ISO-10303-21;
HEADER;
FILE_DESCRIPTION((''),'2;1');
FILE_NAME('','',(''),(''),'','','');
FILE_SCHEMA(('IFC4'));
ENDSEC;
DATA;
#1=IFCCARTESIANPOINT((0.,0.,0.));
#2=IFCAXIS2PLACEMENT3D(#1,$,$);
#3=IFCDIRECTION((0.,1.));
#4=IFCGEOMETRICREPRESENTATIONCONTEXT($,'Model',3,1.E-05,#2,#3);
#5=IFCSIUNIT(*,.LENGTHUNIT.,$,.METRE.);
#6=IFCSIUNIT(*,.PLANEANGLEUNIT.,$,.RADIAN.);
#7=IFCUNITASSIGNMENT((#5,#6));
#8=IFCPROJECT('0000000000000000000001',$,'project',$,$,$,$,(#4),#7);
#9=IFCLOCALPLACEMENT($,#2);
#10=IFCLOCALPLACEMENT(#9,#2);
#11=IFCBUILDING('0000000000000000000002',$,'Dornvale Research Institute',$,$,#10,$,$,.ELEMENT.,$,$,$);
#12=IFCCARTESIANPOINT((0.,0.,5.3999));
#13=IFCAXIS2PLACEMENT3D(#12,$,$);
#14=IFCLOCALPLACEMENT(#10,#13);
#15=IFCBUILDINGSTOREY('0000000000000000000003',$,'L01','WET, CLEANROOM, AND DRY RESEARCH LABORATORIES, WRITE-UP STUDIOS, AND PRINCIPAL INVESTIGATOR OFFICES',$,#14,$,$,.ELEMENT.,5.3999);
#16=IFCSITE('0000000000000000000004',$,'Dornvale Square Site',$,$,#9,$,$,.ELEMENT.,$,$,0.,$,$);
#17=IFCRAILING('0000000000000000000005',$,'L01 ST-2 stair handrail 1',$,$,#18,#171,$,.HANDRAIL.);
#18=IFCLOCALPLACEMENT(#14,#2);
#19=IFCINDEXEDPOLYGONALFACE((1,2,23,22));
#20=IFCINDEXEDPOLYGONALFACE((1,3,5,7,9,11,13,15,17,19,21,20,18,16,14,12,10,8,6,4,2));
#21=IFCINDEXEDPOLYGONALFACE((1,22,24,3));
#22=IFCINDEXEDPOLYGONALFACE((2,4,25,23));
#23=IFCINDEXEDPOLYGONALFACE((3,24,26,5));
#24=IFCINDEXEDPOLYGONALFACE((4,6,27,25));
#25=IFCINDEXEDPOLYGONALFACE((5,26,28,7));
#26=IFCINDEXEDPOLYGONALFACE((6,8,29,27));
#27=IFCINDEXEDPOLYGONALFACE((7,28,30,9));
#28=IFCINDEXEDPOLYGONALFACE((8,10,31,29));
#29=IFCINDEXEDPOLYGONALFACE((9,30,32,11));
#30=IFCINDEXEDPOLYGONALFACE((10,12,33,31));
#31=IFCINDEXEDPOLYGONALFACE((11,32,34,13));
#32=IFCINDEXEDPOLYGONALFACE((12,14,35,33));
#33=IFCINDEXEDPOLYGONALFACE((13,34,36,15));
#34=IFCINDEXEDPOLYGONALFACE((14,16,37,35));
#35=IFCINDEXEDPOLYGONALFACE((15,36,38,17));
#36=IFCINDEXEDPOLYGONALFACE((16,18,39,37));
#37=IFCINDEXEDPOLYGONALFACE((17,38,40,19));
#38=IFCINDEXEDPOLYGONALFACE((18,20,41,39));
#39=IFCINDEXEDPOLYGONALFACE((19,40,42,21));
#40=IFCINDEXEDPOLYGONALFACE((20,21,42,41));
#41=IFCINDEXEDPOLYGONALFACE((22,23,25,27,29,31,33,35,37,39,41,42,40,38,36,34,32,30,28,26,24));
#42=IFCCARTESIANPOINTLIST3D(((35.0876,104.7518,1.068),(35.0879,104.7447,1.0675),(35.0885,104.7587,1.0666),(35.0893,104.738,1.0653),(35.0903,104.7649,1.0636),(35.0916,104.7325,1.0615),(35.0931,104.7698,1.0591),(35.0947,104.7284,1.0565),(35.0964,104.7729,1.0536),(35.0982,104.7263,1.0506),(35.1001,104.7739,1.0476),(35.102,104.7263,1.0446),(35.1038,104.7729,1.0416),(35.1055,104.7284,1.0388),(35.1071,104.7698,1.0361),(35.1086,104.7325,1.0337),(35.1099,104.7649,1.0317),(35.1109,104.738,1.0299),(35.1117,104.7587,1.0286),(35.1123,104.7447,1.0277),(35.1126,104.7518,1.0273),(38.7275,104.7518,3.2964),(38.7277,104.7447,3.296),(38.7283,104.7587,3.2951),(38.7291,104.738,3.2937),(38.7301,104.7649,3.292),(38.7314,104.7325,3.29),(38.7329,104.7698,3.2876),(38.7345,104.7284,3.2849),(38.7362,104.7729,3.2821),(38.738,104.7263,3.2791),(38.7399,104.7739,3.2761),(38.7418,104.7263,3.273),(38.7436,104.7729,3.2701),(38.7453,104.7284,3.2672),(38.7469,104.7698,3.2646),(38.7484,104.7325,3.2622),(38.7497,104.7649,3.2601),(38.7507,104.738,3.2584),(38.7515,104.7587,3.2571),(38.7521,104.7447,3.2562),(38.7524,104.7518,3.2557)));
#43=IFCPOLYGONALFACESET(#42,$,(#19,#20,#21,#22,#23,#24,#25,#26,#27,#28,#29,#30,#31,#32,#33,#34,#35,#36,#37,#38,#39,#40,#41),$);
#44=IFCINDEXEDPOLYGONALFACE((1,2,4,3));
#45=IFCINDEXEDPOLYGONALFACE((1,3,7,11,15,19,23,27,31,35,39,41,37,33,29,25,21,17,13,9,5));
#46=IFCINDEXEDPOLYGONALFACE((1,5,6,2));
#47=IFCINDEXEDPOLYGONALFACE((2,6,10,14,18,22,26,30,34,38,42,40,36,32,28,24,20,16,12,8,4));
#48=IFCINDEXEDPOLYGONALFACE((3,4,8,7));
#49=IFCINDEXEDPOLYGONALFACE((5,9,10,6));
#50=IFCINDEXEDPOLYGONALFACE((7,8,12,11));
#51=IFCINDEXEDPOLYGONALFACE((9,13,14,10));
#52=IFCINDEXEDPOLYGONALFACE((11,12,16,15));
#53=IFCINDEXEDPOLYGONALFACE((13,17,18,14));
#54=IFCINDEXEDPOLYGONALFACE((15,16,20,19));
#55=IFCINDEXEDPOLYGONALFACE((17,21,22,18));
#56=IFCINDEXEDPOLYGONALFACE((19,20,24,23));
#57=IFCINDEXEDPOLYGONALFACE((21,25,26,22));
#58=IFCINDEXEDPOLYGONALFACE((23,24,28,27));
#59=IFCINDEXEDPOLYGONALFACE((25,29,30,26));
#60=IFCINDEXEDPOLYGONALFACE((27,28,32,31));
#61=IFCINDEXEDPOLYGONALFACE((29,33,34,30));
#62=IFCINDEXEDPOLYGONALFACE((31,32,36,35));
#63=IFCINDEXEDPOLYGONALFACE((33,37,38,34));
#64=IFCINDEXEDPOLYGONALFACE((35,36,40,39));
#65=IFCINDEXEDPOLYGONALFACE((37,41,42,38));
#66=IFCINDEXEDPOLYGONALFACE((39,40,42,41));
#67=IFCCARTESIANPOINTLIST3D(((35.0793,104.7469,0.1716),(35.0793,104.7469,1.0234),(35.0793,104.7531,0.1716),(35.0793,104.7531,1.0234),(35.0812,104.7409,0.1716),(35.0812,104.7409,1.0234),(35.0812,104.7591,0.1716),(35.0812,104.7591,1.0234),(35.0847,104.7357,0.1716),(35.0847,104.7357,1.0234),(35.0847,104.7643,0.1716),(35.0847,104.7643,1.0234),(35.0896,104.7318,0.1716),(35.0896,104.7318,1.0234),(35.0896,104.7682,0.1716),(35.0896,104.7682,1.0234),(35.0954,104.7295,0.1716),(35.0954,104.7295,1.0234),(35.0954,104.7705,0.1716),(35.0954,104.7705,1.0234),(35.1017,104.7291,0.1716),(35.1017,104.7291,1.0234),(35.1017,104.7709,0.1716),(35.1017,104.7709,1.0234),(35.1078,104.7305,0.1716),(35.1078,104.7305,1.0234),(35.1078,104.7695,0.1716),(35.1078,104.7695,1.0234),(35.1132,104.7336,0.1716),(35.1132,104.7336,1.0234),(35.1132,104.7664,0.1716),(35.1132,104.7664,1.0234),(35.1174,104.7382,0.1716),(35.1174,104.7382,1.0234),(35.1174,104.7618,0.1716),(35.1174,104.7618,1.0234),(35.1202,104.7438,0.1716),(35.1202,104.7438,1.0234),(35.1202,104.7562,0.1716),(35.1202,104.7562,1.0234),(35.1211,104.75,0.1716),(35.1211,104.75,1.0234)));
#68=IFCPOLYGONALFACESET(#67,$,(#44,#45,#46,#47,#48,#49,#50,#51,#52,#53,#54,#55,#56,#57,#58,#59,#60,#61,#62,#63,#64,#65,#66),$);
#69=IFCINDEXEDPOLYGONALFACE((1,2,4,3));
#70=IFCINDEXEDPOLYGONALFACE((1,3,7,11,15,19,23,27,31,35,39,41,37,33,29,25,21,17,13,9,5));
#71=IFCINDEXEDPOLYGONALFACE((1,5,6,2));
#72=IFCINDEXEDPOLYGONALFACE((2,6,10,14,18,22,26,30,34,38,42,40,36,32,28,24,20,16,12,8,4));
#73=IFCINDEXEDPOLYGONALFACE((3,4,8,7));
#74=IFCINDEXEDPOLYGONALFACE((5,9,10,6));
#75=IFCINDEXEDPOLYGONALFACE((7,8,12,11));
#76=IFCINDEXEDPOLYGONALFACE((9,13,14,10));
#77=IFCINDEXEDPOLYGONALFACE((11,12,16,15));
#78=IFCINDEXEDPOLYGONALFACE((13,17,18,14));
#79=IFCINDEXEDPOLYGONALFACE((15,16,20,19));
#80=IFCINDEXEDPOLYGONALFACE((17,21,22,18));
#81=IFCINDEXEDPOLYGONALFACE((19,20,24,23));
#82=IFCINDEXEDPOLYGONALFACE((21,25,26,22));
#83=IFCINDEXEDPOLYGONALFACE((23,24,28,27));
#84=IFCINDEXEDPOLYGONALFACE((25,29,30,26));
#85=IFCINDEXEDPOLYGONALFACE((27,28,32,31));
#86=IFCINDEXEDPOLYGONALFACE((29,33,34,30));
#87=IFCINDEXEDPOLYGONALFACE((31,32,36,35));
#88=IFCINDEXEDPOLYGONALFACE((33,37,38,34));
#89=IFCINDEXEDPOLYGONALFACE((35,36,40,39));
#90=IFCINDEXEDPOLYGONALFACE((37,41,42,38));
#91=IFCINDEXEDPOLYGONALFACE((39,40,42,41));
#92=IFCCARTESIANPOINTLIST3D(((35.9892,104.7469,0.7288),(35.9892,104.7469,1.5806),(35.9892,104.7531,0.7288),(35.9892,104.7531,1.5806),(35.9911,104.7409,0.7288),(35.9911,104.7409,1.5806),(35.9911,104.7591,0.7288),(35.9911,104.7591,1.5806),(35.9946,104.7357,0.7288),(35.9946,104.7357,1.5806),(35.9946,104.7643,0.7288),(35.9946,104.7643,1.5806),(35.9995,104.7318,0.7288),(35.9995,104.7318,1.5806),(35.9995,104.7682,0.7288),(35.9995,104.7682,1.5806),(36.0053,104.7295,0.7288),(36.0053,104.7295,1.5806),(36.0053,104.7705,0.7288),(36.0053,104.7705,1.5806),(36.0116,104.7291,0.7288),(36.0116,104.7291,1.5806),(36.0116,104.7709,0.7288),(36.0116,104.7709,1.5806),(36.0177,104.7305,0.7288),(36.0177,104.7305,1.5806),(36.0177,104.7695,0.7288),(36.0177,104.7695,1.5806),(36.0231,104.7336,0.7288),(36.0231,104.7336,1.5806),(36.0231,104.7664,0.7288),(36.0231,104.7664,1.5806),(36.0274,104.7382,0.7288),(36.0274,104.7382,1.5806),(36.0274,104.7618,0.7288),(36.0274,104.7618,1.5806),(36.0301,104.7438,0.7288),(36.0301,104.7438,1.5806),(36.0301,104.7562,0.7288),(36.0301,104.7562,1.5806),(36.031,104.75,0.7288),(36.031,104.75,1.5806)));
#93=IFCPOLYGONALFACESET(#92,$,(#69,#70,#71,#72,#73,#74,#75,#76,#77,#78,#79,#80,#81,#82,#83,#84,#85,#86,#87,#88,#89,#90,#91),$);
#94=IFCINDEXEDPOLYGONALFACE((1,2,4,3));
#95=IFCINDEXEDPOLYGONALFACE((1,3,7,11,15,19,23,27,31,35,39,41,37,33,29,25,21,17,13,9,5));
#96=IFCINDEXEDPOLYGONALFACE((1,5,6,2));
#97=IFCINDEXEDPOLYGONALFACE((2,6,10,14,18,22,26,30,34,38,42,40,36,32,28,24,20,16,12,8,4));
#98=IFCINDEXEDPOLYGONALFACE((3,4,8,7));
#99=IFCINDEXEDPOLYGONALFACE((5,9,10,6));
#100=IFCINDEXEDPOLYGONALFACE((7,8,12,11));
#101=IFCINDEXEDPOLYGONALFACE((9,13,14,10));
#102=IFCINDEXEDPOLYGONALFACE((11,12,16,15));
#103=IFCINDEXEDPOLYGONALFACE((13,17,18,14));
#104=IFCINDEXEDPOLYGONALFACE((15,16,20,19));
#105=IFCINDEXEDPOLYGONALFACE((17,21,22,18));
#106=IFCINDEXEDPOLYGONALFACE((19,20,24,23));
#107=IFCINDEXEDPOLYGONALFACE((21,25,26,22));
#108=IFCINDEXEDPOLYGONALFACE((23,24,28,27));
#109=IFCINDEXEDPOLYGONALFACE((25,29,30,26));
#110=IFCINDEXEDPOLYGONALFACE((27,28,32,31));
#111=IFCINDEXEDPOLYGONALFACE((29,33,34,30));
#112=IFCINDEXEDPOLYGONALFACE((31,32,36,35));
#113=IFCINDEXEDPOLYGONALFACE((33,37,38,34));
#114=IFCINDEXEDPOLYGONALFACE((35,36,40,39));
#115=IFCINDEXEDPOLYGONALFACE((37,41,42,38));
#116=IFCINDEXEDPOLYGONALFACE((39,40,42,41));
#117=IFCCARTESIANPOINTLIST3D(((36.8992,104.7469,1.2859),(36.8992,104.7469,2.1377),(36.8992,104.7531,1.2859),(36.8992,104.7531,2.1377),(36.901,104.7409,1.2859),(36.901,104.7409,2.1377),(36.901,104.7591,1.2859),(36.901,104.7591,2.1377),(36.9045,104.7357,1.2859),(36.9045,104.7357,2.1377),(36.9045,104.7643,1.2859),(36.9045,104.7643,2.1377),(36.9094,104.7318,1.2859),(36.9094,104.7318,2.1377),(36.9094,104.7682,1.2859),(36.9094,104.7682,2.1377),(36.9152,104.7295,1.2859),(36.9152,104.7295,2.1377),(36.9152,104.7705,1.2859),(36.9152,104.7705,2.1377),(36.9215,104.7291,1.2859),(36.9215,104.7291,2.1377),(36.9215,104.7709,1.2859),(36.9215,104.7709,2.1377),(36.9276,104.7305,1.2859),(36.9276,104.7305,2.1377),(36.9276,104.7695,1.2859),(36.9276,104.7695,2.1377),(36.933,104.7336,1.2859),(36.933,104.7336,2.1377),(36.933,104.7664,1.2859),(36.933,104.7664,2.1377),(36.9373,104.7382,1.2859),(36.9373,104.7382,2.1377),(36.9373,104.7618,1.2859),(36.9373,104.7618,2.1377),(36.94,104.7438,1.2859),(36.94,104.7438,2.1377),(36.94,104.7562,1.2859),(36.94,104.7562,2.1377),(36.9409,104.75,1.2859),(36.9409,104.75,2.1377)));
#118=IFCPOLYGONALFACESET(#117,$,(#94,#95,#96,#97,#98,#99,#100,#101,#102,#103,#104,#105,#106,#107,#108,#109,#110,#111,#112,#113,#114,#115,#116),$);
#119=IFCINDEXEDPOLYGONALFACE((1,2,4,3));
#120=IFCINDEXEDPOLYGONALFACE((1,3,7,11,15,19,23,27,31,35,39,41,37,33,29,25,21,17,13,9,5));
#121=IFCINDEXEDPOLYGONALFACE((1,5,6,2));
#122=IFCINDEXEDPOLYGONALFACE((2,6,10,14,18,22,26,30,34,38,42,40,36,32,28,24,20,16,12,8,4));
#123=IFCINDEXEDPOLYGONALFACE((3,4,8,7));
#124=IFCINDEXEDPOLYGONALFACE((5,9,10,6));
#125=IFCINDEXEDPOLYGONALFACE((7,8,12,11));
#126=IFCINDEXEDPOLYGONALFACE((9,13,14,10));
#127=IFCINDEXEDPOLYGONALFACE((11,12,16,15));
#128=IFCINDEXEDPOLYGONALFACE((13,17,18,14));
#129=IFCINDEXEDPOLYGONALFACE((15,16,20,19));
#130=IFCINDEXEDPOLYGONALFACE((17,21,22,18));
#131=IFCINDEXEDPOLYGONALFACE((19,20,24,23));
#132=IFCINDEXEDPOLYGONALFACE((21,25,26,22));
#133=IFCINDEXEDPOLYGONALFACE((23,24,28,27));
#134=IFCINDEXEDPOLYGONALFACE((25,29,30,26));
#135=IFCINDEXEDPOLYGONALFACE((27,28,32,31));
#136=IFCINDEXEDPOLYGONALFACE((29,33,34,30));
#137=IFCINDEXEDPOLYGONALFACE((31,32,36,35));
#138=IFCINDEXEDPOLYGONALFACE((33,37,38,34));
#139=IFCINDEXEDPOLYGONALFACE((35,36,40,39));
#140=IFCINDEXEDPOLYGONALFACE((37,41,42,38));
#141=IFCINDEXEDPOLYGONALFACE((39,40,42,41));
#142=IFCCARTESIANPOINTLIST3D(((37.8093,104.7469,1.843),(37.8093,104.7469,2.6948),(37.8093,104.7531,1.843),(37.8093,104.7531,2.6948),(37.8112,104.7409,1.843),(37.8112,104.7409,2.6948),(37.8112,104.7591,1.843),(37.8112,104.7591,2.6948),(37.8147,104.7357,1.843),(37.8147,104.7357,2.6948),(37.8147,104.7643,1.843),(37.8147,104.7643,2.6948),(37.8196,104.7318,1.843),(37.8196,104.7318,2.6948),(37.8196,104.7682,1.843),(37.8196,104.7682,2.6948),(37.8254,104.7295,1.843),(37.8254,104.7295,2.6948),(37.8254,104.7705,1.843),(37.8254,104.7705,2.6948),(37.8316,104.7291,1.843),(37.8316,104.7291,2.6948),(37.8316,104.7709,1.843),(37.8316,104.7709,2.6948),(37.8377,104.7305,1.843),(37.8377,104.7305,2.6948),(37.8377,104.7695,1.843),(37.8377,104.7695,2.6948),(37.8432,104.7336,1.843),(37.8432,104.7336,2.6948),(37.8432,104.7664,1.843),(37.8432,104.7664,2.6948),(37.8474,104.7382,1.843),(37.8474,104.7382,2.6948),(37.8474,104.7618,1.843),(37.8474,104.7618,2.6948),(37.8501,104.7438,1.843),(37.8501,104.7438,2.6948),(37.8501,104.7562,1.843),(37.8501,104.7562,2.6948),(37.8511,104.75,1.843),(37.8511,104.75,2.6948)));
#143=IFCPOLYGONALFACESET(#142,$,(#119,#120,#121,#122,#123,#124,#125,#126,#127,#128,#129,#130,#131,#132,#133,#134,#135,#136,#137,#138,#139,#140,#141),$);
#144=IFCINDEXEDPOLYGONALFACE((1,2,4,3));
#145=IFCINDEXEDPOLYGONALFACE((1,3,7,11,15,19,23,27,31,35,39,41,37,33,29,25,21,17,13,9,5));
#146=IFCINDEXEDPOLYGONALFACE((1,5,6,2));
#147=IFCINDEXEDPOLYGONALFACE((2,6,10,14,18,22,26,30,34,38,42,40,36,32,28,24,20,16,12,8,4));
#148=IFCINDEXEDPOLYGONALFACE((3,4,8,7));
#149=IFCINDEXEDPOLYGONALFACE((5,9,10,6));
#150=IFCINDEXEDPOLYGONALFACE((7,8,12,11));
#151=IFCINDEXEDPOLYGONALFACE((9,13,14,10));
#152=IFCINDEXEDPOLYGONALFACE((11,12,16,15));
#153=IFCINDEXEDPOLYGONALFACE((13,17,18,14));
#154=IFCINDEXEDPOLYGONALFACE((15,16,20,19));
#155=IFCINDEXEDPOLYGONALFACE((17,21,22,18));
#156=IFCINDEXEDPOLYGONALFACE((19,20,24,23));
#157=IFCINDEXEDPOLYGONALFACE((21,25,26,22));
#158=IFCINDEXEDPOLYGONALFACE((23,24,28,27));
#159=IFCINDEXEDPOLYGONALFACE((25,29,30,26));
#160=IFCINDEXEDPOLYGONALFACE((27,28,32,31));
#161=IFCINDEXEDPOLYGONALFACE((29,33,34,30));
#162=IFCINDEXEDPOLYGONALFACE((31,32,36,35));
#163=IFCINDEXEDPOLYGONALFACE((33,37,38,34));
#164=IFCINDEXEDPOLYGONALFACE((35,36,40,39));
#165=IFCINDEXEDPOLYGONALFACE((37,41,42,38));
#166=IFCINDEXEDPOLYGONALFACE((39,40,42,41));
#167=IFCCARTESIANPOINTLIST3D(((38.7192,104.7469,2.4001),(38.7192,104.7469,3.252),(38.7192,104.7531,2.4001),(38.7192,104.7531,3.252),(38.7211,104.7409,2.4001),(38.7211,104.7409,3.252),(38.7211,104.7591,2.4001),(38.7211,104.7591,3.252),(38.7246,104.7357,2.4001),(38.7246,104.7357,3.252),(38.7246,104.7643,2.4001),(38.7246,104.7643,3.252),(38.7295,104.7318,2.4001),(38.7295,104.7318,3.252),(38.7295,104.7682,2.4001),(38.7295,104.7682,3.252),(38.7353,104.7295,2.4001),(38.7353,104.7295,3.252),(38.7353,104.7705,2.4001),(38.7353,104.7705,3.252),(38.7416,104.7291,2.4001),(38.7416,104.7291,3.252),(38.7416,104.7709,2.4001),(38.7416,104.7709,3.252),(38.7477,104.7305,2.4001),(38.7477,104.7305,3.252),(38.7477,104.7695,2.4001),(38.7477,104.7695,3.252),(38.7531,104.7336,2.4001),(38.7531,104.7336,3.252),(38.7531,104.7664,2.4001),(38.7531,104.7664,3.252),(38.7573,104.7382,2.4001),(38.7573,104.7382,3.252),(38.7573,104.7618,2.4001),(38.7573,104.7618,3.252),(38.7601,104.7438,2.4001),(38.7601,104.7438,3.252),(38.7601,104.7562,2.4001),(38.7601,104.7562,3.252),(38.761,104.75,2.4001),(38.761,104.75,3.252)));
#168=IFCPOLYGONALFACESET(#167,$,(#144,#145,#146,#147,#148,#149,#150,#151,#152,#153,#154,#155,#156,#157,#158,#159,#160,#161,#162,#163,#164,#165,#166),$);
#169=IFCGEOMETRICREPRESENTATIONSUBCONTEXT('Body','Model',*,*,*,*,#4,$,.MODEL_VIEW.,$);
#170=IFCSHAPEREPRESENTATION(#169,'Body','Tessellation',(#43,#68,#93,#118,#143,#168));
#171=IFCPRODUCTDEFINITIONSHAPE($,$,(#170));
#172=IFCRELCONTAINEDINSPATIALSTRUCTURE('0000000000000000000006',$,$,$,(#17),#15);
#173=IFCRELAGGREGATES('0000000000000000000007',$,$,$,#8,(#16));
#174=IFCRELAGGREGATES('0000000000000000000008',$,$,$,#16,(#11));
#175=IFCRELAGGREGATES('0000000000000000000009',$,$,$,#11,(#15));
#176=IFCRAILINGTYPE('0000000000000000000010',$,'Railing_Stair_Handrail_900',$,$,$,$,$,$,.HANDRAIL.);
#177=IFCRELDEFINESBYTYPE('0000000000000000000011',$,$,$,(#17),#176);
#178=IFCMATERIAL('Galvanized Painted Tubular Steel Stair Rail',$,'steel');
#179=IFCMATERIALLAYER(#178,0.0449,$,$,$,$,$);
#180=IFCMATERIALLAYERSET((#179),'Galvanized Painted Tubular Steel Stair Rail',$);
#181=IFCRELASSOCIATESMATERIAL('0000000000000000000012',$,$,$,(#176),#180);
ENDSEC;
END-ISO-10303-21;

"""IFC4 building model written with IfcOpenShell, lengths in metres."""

from ifc_helpers import new_model, si_unit, direction, frame, origin, origin_2d, place, context, subcontext, project, spatial, circle, extrude, material, layer, layer_set, type_object, element, save


model = new_model("IFC4")

# Units and contexts
model_context = context("Model", 3, precision=1e-05, world=origin(), true_north=direction((0.0, 1.0)))
body_context = subcontext(model_context, "Body", "Model", "MODEL_VIEW")
ifc_project = project(units=[si_unit("LENGTHUNIT", "METRE"), si_unit("PLANEANGLEUNIT", "RADIAN")], contexts=[model_context])

# Site, building, storey
site_placement = place(None, origin())
site = spatial("IfcSite", under=ifc_project, at=site_placement, Name="Dornvale Square Site", CompositionType="ELEMENT", RefElevation=0.0)
building_placement = place(site_placement, origin())
building = spatial("IfcBuilding", under=site, at=building_placement, Name="Dornvale Research Institute", CompositionType="ELEMENT")
storey_placement = place(building_placement, frame((0.0, 0.0, 5.3999)))
storey = spatial("IfcBuildingStorey", under=building, at=storey_placement, Name="L01", Description="WET, CLEANROOM, AND DRY RESEARCH LABORATORIES, WRITE-UP STUDIOS, AND PRINCIPAL INVESTIGATOR OFFICES", CompositionType="ELEMENT", Elevation=5.3999)

# Railing
ifc_material_1 = material(Name="Galvanized Painted Tubular Steel Stair Rail", Category="steel")
ifc_layer_1 = layer(ifc_material_1, 0.0449)
ifc_layer_set_1 = layer_set([ifc_layer_1], Name="Galvanized Painted Tubular Steel Stair Rail")
railing_type_1 = type_object("IfcRailingType", Name="Railing_Stair_Handrail_900", PredefinedType="HANDRAIL", material=ifc_layer_set_1)
railing_1_placement = place(storey_placement, frame((35.1001, 104.75, 0.1716)))
element("IfcRailing", 1, at=railing_1_placement, inside=storey, type_object=railing_type_1, Name="L01 ST-2 stair handrail 1", PredefinedType="HANDRAIL", context=body_context, shape_type="SweptSolid", body=[
    extrude(circle(Radius=0.0239, at=origin_2d()), frame((0.0, 0.0, 0.876), z_axis=(0.85285, 0.0, 0.522156), x_axis=(0.0, 1.0, 0.0)), (0.0, 0.0, 1.0), 4.2678),
    extrude(circle(Radius=0.021, at=origin_2d()), origin(), (0.0, 0.0, 1.0), 0.8518),
    extrude(circle(Radius=0.021, at=origin_2d()), frame((0.9099, 0.0, 0.5571)), (0.0, 0.0, 1.0), 0.8518),
    extrude(circle(Radius=0.021, at=origin_2d()), frame((1.8198, 0.0, 1.1143)), (0.0, 0.0, 1.0), 0.8518),
    extrude(circle(Radius=0.021, at=origin_2d()), frame((2.73, 0.0, 1.6714)), (0.0, 0.0, 1.0), 0.8518),
    extrude(circle(Radius=0.021, at=origin_2d()), frame((3.6399, 0.0, 2.2285)), (0.0, 0.0, 1.0), 0.8518),
])

save(model, "model.ifc")
